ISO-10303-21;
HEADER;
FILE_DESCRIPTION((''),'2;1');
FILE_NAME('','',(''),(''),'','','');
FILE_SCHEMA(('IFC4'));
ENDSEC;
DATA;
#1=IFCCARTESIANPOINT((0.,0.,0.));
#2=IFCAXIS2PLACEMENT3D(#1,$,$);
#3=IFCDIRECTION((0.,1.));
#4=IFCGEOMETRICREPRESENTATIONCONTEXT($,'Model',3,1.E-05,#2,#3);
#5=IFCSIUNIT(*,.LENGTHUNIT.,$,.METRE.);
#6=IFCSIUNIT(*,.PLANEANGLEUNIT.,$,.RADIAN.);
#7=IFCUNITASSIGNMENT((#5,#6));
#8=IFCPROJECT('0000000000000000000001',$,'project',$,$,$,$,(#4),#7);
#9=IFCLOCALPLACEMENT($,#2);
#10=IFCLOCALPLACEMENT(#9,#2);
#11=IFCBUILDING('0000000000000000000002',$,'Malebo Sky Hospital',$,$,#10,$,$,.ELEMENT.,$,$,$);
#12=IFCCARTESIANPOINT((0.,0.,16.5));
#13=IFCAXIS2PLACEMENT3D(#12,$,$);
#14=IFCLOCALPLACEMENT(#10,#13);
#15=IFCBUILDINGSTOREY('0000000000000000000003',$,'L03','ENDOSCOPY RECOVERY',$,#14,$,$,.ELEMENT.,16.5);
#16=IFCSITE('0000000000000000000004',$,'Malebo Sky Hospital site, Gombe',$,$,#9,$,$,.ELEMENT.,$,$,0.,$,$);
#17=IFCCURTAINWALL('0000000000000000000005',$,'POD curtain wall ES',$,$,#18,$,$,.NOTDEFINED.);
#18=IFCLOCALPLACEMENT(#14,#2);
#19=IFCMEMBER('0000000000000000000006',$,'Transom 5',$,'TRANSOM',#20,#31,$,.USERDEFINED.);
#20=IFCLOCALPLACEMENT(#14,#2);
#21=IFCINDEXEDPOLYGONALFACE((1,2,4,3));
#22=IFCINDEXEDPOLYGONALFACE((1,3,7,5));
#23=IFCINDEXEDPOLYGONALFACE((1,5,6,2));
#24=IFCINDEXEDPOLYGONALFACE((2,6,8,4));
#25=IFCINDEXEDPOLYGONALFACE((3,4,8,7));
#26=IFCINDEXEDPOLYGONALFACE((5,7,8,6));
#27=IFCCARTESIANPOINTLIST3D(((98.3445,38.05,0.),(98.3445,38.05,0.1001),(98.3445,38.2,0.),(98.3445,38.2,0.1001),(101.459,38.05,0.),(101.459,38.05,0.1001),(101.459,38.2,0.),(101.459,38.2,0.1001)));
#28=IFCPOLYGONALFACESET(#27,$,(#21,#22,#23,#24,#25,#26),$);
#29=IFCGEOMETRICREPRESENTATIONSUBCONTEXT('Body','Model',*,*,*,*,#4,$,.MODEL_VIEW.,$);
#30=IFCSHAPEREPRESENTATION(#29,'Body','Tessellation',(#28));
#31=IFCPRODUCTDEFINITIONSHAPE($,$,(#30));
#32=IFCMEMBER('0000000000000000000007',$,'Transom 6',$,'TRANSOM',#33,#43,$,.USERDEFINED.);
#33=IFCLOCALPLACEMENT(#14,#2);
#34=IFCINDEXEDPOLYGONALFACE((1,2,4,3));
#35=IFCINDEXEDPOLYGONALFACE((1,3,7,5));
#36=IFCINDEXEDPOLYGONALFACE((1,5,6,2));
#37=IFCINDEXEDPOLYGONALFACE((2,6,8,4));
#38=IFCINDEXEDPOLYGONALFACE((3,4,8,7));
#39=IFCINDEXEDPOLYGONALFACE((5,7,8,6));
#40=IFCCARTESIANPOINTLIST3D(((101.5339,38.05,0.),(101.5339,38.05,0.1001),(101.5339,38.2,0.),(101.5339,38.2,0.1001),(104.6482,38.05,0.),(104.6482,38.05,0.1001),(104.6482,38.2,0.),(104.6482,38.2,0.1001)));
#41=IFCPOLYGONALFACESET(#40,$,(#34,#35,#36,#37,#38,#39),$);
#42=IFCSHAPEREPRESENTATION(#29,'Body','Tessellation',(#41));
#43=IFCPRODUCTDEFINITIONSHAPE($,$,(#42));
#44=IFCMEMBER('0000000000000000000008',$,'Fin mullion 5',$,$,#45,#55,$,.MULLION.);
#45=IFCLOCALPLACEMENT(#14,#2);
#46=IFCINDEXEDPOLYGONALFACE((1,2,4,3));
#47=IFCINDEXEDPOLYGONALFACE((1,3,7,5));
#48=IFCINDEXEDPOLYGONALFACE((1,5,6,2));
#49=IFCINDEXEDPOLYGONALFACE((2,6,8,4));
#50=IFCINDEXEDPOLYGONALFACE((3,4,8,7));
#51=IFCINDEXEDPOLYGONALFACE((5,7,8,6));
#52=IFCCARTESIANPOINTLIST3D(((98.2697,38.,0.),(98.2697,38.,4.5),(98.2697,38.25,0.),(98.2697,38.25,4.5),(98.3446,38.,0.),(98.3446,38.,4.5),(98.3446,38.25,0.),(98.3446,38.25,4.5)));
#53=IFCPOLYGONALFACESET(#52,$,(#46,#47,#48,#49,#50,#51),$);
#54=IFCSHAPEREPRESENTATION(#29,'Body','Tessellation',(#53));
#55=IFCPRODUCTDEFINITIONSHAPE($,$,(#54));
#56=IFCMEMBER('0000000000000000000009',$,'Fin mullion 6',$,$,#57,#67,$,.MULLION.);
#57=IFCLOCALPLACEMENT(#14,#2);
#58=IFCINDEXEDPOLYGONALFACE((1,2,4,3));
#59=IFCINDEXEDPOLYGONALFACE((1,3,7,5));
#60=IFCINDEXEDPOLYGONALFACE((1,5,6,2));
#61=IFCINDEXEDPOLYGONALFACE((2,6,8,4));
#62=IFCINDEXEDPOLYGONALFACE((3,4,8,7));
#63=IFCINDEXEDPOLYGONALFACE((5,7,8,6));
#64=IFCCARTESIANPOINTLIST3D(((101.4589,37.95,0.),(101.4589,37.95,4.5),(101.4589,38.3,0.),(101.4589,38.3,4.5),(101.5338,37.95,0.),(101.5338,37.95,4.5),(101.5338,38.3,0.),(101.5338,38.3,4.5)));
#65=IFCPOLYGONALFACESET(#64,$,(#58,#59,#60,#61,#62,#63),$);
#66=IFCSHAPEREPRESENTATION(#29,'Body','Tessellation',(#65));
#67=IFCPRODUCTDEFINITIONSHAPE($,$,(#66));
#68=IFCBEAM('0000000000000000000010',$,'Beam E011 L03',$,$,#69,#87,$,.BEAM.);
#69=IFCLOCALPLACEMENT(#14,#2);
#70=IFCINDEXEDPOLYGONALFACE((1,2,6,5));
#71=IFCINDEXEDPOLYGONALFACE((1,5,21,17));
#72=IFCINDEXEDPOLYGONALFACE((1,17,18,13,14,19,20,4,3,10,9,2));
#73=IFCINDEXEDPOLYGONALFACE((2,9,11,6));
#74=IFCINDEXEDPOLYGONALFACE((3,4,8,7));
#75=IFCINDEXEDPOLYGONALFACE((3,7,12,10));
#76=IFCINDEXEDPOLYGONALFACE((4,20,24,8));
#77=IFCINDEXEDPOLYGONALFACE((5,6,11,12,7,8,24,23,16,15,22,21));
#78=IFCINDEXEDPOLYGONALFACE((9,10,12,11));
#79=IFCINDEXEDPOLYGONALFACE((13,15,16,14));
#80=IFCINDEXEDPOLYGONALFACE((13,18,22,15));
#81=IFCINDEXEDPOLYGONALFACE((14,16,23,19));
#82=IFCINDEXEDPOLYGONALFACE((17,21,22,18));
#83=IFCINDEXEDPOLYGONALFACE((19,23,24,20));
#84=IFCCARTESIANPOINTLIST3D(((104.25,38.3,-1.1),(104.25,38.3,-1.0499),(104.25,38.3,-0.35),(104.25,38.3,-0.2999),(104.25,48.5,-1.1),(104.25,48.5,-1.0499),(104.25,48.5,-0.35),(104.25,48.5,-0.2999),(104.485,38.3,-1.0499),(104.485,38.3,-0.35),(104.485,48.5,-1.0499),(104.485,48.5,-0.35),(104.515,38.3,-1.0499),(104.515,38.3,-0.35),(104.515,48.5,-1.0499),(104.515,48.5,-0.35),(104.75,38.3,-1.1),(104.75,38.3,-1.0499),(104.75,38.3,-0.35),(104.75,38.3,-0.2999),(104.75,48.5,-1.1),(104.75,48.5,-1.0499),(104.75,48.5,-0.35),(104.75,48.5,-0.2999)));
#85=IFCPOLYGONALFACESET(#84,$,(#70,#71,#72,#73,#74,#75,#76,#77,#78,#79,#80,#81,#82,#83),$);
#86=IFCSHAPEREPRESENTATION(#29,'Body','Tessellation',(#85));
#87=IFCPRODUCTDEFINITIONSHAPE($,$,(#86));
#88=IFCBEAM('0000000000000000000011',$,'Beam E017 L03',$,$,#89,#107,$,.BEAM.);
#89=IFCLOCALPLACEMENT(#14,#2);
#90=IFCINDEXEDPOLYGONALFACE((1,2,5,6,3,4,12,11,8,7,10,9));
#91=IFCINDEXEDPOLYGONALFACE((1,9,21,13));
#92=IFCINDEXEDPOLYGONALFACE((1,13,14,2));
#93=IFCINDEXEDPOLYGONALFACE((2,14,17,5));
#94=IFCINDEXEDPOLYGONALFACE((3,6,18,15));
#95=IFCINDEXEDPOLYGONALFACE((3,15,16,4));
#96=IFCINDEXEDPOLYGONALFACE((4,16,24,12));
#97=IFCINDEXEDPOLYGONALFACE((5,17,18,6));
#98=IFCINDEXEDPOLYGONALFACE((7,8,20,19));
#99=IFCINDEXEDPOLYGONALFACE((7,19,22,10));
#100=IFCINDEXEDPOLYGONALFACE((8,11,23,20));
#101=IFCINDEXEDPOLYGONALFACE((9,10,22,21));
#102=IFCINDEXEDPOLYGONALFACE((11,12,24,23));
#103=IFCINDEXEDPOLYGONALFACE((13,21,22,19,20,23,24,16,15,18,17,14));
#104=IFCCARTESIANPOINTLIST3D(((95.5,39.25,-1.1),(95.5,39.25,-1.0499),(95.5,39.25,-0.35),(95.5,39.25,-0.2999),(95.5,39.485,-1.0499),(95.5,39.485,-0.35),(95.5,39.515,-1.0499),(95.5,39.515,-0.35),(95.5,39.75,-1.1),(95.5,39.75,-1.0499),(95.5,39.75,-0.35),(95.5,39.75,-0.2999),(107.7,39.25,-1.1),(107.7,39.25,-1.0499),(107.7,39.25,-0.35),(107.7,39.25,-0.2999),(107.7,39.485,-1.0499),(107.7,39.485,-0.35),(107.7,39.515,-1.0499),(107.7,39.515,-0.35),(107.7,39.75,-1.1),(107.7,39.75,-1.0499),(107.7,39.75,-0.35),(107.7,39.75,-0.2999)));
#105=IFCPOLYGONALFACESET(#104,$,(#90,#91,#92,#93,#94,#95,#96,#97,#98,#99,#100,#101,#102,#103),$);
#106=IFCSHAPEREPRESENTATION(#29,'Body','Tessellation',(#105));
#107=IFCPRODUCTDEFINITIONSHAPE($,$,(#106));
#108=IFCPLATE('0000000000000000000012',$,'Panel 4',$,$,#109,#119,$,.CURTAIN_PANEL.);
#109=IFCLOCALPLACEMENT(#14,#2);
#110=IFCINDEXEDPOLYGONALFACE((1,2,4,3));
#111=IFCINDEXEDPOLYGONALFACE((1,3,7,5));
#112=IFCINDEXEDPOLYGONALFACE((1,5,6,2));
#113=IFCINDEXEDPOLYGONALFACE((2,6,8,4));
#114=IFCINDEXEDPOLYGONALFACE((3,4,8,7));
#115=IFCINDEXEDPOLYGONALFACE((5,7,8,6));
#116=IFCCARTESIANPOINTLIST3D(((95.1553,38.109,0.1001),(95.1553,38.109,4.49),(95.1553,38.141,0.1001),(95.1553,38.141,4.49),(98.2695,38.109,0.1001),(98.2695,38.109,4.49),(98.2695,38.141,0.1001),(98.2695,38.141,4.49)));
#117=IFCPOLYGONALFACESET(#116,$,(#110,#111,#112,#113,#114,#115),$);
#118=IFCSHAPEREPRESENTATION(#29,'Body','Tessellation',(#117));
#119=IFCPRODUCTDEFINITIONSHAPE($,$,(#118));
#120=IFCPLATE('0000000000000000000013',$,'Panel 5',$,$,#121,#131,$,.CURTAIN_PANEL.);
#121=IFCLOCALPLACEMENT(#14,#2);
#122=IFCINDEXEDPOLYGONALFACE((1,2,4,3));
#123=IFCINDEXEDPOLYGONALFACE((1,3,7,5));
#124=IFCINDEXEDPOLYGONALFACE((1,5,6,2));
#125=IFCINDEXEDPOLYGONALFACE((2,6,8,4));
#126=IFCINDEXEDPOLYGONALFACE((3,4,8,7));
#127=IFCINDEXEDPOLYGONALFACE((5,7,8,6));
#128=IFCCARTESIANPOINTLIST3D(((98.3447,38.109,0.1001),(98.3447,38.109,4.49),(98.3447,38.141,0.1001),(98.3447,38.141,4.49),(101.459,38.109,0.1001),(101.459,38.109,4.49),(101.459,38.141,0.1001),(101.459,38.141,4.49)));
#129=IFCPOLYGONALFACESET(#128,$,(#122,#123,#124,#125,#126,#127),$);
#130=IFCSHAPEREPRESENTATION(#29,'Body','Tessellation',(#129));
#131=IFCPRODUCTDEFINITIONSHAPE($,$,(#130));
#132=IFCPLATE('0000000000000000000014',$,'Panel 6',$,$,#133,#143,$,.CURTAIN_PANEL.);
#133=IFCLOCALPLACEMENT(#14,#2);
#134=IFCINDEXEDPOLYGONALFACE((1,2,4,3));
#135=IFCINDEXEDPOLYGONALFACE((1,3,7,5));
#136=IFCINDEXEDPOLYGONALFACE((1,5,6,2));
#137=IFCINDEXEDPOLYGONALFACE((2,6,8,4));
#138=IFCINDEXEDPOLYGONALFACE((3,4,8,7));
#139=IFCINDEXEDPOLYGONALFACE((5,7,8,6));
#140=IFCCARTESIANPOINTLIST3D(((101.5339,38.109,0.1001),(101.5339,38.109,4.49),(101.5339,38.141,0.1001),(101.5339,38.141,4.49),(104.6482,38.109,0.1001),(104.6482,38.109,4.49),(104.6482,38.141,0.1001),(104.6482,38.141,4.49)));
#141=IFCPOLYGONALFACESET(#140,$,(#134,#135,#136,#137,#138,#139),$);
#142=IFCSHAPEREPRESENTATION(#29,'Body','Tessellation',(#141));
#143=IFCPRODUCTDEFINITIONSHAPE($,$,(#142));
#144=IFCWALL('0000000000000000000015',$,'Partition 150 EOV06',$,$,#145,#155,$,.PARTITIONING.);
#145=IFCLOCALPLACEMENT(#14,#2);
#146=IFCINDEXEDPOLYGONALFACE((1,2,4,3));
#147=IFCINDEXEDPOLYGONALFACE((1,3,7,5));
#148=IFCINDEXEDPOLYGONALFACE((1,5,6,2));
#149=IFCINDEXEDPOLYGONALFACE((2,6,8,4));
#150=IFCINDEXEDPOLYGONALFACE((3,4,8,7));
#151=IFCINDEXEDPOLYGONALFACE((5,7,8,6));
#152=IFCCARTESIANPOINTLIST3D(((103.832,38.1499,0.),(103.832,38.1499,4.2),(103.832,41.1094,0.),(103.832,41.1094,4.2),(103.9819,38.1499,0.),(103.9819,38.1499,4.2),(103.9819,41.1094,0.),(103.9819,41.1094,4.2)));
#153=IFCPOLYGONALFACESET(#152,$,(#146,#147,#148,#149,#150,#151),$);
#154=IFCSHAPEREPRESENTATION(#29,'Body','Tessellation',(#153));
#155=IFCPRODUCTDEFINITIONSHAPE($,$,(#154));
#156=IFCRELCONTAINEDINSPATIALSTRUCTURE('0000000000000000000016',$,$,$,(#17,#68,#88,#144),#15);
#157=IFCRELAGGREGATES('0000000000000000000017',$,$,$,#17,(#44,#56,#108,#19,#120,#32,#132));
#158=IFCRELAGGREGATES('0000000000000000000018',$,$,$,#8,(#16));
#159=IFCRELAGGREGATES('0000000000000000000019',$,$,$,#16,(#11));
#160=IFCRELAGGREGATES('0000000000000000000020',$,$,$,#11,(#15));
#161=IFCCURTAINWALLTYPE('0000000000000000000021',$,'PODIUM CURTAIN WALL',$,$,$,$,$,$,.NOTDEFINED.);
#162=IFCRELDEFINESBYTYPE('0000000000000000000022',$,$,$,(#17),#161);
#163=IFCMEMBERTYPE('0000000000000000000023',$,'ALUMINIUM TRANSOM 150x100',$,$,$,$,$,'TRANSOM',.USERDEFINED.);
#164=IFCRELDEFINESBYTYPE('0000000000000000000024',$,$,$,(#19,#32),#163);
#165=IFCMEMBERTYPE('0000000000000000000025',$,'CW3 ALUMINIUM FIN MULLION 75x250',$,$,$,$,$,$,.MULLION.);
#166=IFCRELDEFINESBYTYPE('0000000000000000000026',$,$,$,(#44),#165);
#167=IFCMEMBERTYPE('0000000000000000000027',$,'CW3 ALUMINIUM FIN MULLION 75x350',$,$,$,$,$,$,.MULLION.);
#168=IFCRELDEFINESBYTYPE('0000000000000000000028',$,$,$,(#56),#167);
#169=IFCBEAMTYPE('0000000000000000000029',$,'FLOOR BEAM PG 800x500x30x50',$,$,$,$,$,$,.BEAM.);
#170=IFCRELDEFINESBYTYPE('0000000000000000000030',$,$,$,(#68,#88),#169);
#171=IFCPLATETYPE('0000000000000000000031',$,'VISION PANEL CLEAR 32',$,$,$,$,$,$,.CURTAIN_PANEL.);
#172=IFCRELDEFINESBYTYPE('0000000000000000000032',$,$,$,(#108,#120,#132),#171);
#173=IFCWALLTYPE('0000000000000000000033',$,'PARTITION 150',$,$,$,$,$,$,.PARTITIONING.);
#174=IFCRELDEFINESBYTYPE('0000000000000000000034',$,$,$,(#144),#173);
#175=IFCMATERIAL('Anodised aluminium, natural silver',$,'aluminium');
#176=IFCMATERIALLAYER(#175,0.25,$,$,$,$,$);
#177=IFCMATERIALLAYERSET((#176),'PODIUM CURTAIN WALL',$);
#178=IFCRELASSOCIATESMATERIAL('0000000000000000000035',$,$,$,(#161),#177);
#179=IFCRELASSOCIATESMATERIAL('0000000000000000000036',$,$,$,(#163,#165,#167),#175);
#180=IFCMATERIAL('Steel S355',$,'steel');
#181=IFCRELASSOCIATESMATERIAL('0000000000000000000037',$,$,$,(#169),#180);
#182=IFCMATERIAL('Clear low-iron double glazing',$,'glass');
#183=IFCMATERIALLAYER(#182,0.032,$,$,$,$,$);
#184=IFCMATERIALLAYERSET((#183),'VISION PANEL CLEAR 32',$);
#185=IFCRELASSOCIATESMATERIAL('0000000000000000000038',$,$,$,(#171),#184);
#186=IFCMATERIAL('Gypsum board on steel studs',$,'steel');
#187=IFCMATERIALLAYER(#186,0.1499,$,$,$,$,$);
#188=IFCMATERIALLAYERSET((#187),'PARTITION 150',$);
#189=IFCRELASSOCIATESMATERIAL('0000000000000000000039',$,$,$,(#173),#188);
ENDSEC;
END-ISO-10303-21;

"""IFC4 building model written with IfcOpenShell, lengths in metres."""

from ifc_helpers import new_model, si_unit, direction, frame, frame_2d, origin, origin_2d, place, context, subcontext, project, spatial, rectangle, i_section, extrude, material, layer, layer_set, material_profile, profile_set, type_object, element, aggregate, save


model = new_model("IFC4")

# Units and contexts
model_context = context("Model", 3, precision=1e-05, world=origin(), true_north=direction((0.0, 1.0)))
body_context = subcontext(model_context, "Body", "Model", "MODEL_VIEW")
ifc_project = project(units=[si_unit("LENGTHUNIT", "METRE"), si_unit("PLANEANGLEUNIT", "RADIAN")], contexts=[model_context])

# Site, building, storey
site_placement = place(None, origin())
site = spatial("IfcSite", under=ifc_project, at=site_placement, Name="Malebo Sky Hospital site, Gombe", CompositionType="ELEMENT", RefElevation=0.0)
building_placement = place(site_placement, origin())
building = spatial("IfcBuilding", under=site, at=building_placement, Name="Malebo Sky Hospital", CompositionType="ELEMENT")
storey_placement = place(building_placement, frame((0.0, 0.0, 16.5)))
storey = spatial("IfcBuildingStorey", under=building, at=storey_placement, Name="L03", Description="ENDOSCOPY RECOVERY", CompositionType="ELEMENT", Elevation=16.5)

# Curtain wall, members
ifc_material_1 = material(Name="Anodised aluminium, natural silver", Category="aluminium")
ifc_layer_1 = layer(ifc_material_1, 0.25)
ifc_layer_set_1 = layer_set([ifc_layer_1], Name="PODIUM CURTAIN WALL")
curtain_wall_type = type_object("IfcCurtainWallType", Name="PODIUM CURTAIN WALL", PredefinedType="NOTDEFINED", material=ifc_layer_set_1)
curtain_wall_placement = place(storey_placement, origin())
curtain_wall = element("IfcCurtainWall", 1, at=curtain_wall_placement, inside=storey, type_object=curtain_wall_type, Name="POD curtain wall ES", PredefinedType="NOTDEFINED")
ifc_material_profile_1 = material_profile(ifc_material_1, rectangle(XDim=0.1499, YDim=0.1001, at=origin_2d()), Name="ALUMINIUM TRANSOM 150x100")
ifc_profile_set_1 = profile_set([ifc_material_profile_1], Name="Anodised aluminium, natural silver")
member_type_1 = type_object("IfcMemberType", Name="ALUMINIUM TRANSOM 150x100", ElementType="TRANSOM", PredefinedType="USERDEFINED", material=ifc_profile_set_1)
member_1_placement = place(storey_placement, frame((98.3445, 38.125, 0.05), z_axis=(1.0, 0.0, 0.0), x_axis=(0.0, 1.0, 0.0)))
member_1 = element("IfcMember", 2, at=member_1_placement, type_object=member_type_1, Name="Transom 5", ObjectType="TRANSOM", PredefinedType="USERDEFINED", context=body_context, shape_type="SweptSolid", body=[
    extrude(rectangle(XDim=0.1499, YDim=0.1001, at=origin_2d()), origin(), (0.0, 0.0, 1.0), 3.1145),
])
member_2_placement = place(storey_placement, frame((101.5339, 38.125, 0.05), z_axis=(1.0, 0.0, 0.0), x_axis=(0.0, 1.0, 0.0)))
member_2 = element("IfcMember", 3, at=member_2_placement, type_object=member_type_1, Name="Transom 6", ObjectType="TRANSOM", PredefinedType="USERDEFINED", context=body_context, shape_type="SweptSolid", body=[
    extrude(rectangle(XDim=0.1499, YDim=0.1001, at=origin_2d()), origin(), (0.0, 0.0, 1.0), 3.1143),
])
ifc_material_profile_2 = material_profile(ifc_material_1, rectangle(XDim=0.075, YDim=0.25, at=origin_2d()), Name="CW3 ALUMINIUM FIN MULLION 75x250")
ifc_profile_set_2 = profile_set([ifc_material_profile_2], Name="Anodised aluminium, natural silver")
member_type_2 = type_object("IfcMemberType", Name="CW3 ALUMINIUM FIN MULLION 75x250", PredefinedType="MULLION", material=ifc_profile_set_2)
member_3_placement = place(storey_placement, frame((98.3071, 38.125, 0.0), z_axis=(0.0, 0.0, 1.0), x_axis=(1.0, 0.0, 0.0)))
member_3 = element("IfcMember", 4, at=member_3_placement, type_object=member_type_2, Name="Fin mullion 5", PredefinedType="MULLION", context=body_context, shape_type="SweptSolid", body=[
    extrude(rectangle(XDim=0.075, YDim=0.25, at=origin_2d()), origin(), (0.0, 0.0, 1.0), 4.5),
])
ifc_material_profile_3 = material_profile(ifc_material_1, rectangle(XDim=0.075, YDim=0.3501, at=origin_2d()), Name="CW3 ALUMINIUM FIN MULLION 75x350")
ifc_profile_set_3 = profile_set([ifc_material_profile_3], Name="Anodised aluminium, natural silver")
member_type_3 = type_object("IfcMemberType", Name="CW3 ALUMINIUM FIN MULLION 75x350", PredefinedType="MULLION", material=ifc_profile_set_3)
member_4_placement = place(storey_placement, frame((101.4963, 38.125, 0.0), z_axis=(0.0, 0.0, 1.0), x_axis=(1.0, 0.0, 0.0)))
member_4 = element("IfcMember", 5, at=member_4_placement, type_object=member_type_3, Name="Fin mullion 6", PredefinedType="MULLION", context=body_context, shape_type="SweptSolid", body=[
    extrude(rectangle(XDim=0.075, YDim=0.3501, at=origin_2d()), origin(), (0.0, 0.0, 1.0), 4.5),
])

# Beams
ifc_material_2 = material(Name="Steel S355", Category="steel")
ifc_material_profile_4 = material_profile(ifc_material_2, i_section(OverallWidth=0.5, OverallDepth=0.8, WebThickness=0.03, FlangeThickness=0.05, at=origin_2d()), Name="PG 800x500x30x50")
ifc_profile_set_4 = profile_set([ifc_material_profile_4], Name="Steel S355")
beam_type = type_object("IfcBeamType", Name="FLOOR BEAM PG 800x500x30x50", PredefinedType="BEAM", material=ifc_profile_set_4)
beam_1_placement = place(storey_placement, frame((104.5, 38.3, -0.7), z_axis=(0.0, 1.0, 0.0), x_axis=(-1.0, 0.0, 0.0)))
element("IfcBeam", 6, at=beam_1_placement, inside=storey, type_object=beam_type, Name="Beam E011 L03", PredefinedType="BEAM", context=body_context, shape_type="SweptSolid", body=[
    extrude(i_section(OverallWidth=0.5, OverallDepth=0.8, WebThickness=0.03, FlangeThickness=0.05, at=origin_2d()), origin(), (0.0, 0.0, 1.0), 10.2),
])
beam_2_placement = place(storey_placement, frame((95.5, 39.5, -0.7), z_axis=(1.0, 0.0, 0.0), x_axis=(0.0, 1.0, 0.0)))
element("IfcBeam", 7, at=beam_2_placement, inside=storey, type_object=beam_type, Name="Beam E017 L03", PredefinedType="BEAM", context=body_context, shape_type="SweptSolid", body=[
    extrude(i_section(OverallWidth=0.5, OverallDepth=0.8, WebThickness=0.03, FlangeThickness=0.05, at=origin_2d()), origin(), (0.0, 0.0, 1.0), 12.2),
])

# Plates
ifc_material_3 = material(Name="Clear low-iron double glazing", Category="glass")
ifc_layer_2 = layer(ifc_material_3, 0.032)
ifc_layer_set_2 = layer_set([ifc_layer_2], Name="VISION PANEL CLEAR 32")
plate_type = type_object("IfcPlateType", Name="VISION PANEL CLEAR 32", PredefinedType="CURTAIN_PANEL", material=ifc_layer_set_2)
plate_1_placement = place(storey_placement, frame((96.7124, 38.125, 0.1001), z_axis=(0.0, 0.0, 1.0), x_axis=(1.0, 0.0, 0.0)))
plate_1 = element("IfcPlate", 8, at=plate_1_placement, type_object=plate_type, Name="Panel 4", PredefinedType="CURTAIN_PANEL", context=body_context, shape_type="SweptSolid", body=[
    extrude(rectangle(XDim=3.1143, YDim=0.032, at=origin_2d()), origin(), (0.0, 0.0, 1.0), 4.3899),
])
plate_2_placement = place(storey_placement, frame((99.9019, 38.125, 0.1001), z_axis=(0.0, 0.0, 1.0), x_axis=(1.0, 0.0, 0.0)))
plate_2 = element("IfcPlate", 9, at=plate_2_placement, type_object=plate_type, Name="Panel 5", PredefinedType="CURTAIN_PANEL", context=body_context, shape_type="SweptSolid", body=[
    extrude(rectangle(XDim=3.1143, YDim=0.032, at=origin_2d()), origin(), (0.0, 0.0, 1.0), 4.3899),
])
plate_3_placement = place(storey_placement, frame((103.0911, 38.125, 0.1001), z_axis=(0.0, 0.0, 1.0), x_axis=(1.0, 0.0, 0.0)))
plate_3 = element("IfcPlate", 10, at=plate_3_placement, type_object=plate_type, Name="Panel 6", PredefinedType="CURTAIN_PANEL", context=body_context, shape_type="SweptSolid", body=[
    extrude(rectangle(XDim=3.1143, YDim=0.032, at=origin_2d()), origin(), (0.0, 0.0, 1.0), 4.3899),
])
aggregate(curtain_wall, [member_3, member_4, plate_1, member_1, plate_2, member_2, plate_3])

# Shared definitions
ifc_material_4 = material(Name="Gypsum board on steel studs", Category="steel")

# Wall
ifc_layer_3 = layer(ifc_material_4, 0.1499)
ifc_layer_set_3 = layer_set([ifc_layer_3], Name="PARTITION 150")
wall_type_1 = type_object("IfcWallType", Name="PARTITION 150", PredefinedType="PARTITIONING", material=ifc_layer_set_3)
wall_1_placement = place(storey_placement, frame((103.907, 38.1499, 0.0), z_axis=(0.0, 0.0, 1.0), x_axis=(0.0, 1.0, 0.0)))
element("IfcWall", 11, at=wall_1_placement, inside=storey, type_object=wall_type_1, Name="Partition 150 EOV06", PredefinedType="PARTITIONING", context=body_context, shape_type="SweptSolid", body=[
    extrude(rectangle(XDim=2.9595, YDim=0.1499, at=frame_2d((1.4797, 0.0))), origin(), (0.0, 0.0, 1.0), 4.2),
])

save(model, "model.ifc")
